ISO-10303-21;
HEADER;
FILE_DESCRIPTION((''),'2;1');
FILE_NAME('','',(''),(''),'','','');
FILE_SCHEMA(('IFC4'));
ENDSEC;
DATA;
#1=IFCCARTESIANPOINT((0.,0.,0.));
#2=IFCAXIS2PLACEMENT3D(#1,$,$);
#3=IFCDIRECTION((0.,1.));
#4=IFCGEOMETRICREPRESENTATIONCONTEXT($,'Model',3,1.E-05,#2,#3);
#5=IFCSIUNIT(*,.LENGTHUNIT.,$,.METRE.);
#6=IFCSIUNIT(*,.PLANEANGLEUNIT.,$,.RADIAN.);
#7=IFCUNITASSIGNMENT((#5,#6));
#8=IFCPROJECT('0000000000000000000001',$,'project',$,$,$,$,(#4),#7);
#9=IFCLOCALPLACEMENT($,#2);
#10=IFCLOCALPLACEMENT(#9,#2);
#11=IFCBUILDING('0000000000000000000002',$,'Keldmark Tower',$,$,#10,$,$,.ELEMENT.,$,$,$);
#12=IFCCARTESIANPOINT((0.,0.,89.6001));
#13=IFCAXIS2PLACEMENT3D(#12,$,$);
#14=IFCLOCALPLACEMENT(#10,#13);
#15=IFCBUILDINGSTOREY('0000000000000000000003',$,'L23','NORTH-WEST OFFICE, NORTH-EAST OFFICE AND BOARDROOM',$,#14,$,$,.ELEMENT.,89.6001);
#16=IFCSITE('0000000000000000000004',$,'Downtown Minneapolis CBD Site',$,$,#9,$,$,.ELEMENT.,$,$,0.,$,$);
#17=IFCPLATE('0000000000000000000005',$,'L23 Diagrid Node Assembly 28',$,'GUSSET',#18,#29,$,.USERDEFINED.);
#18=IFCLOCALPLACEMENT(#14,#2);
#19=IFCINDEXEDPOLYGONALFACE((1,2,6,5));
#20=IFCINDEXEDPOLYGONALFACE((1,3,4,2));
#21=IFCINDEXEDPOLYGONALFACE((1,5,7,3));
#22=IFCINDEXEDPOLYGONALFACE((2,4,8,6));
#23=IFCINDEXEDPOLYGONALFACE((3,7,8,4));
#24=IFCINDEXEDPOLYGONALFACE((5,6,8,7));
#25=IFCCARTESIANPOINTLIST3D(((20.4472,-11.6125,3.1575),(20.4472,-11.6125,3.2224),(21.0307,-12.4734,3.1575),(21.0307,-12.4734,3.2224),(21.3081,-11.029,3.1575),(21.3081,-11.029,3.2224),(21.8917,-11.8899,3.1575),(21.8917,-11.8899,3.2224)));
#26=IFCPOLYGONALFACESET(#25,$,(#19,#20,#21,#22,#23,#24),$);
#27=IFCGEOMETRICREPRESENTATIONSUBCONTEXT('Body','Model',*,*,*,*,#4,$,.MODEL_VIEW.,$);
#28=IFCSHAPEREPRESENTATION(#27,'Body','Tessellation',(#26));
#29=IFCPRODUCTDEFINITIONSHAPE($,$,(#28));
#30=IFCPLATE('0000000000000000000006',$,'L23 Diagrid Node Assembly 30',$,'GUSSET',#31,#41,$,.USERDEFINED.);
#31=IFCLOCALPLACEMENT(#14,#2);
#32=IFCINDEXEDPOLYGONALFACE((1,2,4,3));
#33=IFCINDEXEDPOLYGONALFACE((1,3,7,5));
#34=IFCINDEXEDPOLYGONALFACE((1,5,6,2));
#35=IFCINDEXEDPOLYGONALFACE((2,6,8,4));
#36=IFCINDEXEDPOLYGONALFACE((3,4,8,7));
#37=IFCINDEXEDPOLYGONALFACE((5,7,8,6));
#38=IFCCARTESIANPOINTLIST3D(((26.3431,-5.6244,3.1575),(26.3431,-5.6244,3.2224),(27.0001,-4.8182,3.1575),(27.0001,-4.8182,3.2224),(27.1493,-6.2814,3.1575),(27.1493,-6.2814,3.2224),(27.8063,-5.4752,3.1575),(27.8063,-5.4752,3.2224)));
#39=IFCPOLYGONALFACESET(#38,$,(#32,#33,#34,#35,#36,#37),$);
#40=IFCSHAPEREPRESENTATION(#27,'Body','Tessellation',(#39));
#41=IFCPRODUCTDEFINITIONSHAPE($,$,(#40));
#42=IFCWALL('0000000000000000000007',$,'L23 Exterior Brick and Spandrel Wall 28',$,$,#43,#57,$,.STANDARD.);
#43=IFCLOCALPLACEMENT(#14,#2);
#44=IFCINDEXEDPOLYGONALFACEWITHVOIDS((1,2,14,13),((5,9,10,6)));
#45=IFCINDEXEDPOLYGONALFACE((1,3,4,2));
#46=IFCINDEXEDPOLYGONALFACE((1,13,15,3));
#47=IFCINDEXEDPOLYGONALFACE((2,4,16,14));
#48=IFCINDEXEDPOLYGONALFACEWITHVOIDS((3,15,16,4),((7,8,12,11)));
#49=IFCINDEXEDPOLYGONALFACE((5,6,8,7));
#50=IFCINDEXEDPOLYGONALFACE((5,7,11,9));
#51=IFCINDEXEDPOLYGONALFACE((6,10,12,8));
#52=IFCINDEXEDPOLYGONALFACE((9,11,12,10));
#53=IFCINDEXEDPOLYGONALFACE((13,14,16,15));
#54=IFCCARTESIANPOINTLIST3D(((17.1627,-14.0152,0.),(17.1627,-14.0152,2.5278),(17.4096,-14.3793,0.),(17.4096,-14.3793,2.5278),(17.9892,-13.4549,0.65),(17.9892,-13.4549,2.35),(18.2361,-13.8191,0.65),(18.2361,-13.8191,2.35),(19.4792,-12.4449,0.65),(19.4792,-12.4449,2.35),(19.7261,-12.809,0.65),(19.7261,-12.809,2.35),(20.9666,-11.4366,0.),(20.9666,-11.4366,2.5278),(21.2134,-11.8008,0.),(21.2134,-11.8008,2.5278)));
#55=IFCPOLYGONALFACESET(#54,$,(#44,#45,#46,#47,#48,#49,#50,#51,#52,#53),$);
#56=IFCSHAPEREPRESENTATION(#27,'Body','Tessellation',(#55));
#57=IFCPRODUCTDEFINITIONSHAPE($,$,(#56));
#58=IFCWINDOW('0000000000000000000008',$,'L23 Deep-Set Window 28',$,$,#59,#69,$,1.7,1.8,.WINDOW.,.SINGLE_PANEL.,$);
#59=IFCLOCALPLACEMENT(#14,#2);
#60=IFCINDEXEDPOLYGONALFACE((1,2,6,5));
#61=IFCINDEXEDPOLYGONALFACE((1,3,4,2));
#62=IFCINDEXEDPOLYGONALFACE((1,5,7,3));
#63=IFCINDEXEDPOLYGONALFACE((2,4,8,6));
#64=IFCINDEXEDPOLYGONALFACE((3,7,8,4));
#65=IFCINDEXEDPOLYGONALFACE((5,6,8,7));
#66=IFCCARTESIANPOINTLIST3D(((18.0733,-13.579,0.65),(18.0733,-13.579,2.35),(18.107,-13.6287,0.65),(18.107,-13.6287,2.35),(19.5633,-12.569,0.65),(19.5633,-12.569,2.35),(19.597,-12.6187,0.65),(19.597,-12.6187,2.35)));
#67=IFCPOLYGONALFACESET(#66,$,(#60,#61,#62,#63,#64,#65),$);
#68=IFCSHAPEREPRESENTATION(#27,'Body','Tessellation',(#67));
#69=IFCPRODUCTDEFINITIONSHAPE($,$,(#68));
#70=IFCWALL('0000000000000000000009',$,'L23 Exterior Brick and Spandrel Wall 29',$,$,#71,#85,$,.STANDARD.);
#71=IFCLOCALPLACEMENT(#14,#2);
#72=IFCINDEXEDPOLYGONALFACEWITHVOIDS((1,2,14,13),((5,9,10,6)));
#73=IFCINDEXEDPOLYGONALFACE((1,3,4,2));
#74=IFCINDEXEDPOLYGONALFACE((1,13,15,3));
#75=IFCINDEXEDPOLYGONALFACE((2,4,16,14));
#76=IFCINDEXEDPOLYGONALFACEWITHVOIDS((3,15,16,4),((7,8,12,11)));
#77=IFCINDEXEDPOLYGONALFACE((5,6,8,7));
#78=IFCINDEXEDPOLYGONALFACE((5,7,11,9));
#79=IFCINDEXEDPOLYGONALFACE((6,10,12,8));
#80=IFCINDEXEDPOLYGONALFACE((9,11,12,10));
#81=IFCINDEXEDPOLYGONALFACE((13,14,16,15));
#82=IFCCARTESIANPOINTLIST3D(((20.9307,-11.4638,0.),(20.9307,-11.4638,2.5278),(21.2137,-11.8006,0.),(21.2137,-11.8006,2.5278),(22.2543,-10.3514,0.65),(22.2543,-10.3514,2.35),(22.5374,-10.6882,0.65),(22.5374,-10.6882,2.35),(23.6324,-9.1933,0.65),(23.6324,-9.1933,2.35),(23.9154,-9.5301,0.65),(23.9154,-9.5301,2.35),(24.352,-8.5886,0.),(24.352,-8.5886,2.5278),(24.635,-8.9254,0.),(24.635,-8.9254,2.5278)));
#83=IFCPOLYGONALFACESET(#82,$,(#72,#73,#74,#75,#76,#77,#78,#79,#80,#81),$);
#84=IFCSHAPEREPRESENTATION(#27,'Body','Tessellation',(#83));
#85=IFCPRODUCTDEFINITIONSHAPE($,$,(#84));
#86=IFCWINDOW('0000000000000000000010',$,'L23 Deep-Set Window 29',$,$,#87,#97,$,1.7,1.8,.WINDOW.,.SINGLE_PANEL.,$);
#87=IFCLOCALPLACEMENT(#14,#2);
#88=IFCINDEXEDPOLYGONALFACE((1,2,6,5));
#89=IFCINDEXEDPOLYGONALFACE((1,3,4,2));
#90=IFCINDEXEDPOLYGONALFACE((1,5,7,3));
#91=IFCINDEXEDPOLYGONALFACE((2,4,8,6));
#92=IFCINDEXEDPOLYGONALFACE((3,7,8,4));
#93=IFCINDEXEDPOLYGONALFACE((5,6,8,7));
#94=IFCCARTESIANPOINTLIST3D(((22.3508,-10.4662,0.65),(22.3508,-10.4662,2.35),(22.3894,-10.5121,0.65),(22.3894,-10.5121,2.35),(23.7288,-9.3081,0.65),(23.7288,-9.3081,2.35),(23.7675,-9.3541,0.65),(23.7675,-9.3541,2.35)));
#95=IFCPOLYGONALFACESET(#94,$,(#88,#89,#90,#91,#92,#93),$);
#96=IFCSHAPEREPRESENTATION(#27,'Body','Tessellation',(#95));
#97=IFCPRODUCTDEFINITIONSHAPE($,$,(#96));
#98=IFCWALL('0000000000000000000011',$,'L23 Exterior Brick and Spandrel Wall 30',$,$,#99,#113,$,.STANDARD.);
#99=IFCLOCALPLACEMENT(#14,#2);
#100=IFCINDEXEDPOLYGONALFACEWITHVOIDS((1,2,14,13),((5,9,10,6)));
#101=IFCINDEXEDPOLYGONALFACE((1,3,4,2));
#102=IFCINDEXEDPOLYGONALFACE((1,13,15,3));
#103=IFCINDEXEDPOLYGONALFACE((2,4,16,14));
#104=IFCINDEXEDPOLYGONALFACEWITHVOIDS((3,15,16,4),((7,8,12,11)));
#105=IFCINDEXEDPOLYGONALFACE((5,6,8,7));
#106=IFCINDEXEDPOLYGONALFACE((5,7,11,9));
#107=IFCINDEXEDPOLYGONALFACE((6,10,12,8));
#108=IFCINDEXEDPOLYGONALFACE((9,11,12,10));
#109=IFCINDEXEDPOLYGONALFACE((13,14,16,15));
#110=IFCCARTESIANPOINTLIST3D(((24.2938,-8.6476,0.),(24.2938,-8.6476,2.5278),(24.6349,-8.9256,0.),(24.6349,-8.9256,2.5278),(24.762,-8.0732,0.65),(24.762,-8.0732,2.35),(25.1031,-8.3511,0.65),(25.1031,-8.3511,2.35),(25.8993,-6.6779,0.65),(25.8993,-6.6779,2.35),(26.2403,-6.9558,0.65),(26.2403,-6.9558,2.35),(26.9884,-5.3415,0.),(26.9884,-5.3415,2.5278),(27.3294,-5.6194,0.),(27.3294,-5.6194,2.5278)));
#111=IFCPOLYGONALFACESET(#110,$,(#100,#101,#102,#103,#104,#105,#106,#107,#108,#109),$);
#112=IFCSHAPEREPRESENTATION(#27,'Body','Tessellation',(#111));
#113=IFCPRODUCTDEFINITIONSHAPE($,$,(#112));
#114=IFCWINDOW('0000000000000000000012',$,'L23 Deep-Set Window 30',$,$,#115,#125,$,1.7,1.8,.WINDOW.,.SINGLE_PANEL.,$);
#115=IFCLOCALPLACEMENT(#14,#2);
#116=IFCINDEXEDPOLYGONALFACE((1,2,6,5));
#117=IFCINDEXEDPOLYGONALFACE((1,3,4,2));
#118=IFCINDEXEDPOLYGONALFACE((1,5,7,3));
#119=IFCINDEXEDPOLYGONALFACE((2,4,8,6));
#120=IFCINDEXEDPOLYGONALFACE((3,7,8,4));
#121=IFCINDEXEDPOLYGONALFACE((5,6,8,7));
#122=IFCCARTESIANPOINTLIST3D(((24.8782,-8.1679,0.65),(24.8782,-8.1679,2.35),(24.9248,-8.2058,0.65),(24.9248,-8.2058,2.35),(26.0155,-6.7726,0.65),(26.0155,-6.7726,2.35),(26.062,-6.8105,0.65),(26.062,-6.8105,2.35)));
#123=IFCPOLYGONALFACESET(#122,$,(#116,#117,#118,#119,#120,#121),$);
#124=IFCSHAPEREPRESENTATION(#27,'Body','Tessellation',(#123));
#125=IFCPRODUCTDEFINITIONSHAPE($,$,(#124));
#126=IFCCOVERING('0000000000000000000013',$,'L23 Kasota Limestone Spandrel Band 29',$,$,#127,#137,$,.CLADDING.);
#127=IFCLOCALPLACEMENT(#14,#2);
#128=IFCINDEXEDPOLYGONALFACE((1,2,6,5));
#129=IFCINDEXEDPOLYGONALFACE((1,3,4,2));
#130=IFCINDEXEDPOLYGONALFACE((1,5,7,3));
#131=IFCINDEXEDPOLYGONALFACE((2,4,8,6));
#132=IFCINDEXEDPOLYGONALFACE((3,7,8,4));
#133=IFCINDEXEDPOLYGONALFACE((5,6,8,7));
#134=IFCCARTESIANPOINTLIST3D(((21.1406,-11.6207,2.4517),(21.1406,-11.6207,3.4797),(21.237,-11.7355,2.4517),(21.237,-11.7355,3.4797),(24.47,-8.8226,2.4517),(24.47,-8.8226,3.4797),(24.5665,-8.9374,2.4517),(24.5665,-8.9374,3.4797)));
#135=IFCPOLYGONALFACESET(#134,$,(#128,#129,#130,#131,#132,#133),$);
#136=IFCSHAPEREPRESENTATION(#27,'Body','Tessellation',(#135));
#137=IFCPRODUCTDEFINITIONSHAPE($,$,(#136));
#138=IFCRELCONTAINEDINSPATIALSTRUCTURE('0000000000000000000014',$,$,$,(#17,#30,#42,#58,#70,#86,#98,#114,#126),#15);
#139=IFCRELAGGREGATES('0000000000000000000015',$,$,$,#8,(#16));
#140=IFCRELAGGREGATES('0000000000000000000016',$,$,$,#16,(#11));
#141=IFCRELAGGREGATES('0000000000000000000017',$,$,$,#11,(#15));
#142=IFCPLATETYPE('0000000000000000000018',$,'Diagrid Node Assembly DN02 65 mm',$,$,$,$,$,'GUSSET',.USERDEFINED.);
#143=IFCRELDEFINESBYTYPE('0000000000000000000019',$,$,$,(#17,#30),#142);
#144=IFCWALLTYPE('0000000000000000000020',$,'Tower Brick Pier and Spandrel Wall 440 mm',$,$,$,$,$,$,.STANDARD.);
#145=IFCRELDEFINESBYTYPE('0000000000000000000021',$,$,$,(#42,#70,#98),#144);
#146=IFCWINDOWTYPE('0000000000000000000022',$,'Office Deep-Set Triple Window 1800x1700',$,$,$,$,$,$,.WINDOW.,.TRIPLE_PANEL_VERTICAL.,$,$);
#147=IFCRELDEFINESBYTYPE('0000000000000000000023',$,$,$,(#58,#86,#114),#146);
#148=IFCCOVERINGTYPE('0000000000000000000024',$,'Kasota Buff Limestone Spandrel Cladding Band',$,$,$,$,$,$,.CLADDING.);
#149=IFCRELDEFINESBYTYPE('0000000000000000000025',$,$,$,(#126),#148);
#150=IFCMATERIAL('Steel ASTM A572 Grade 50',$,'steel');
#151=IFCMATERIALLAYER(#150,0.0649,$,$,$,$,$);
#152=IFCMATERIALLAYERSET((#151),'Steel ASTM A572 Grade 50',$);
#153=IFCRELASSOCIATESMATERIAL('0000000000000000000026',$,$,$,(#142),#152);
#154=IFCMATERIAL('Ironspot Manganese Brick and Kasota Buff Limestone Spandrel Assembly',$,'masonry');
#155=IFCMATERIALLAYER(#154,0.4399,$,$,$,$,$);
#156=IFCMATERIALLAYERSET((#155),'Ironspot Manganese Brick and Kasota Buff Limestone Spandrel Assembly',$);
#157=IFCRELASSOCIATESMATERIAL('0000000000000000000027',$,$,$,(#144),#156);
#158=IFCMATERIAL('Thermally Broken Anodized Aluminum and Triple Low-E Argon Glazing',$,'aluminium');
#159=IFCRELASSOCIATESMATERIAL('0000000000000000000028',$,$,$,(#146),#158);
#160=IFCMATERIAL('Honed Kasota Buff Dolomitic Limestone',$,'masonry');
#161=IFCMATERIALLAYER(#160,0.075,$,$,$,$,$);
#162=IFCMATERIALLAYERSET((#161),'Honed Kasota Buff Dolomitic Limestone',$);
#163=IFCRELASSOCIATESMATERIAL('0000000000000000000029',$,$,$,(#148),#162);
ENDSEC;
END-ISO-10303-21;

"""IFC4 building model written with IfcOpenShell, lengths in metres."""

from ifc_helpers import new_model, si_unit, direction, frame, frame_2d, origin, origin_2d, place, context, subcontext, project, spatial, rectangle, extrude, material, layer, layer_set, type_object, element, fill, save


model = new_model("IFC4")

# Units and contexts
model_context = context("Model", 3, precision=1e-05, world=origin(), true_north=direction((0.0, 1.0)))
body_context = subcontext(model_context, "Body", "Model", "MODEL_VIEW")
ifc_project = project(units=[si_unit("LENGTHUNIT", "METRE"), si_unit("PLANEANGLEUNIT", "RADIAN")], contexts=[model_context])

# Site, building, storey
site_placement = place(None, origin())
site = spatial("IfcSite", under=ifc_project, at=site_placement, Name="Downtown Minneapolis CBD Site", CompositionType="ELEMENT", RefElevation=0.0)
building_placement = place(site_placement, origin())
building = spatial("IfcBuilding", under=site, at=building_placement, Name="Keldmark Tower", CompositionType="ELEMENT")
storey_placement = place(building_placement, frame((0.0, 0.0, 89.6001)))
storey = spatial("IfcBuildingStorey", under=building, at=storey_placement, Name="L23", Description="NORTH-WEST OFFICE, NORTH-EAST OFFICE AND BOARDROOM", CompositionType="ELEMENT", Elevation=89.6001)

# Plates
ifc_material_1 = material(Name="Steel ASTM A572 Grade 50", Category="steel")
ifc_layer_1 = layer(ifc_material_1, 0.0649)
ifc_layer_set_1 = layer_set([ifc_layer_1], Name="Steel ASTM A572 Grade 50")
plate_type = type_object("IfcPlateType", Name="Diagrid Node Assembly DN02 65 mm", ElementType="GUSSET", PredefinedType="USERDEFINED", material=ifc_layer_set_1)
for number, where, z_axis, x_axis, name in (
    (1, (21.1694, -11.7512, 3.1575), (0.0, 0.0, 1.0), (0.827767, 0.561072, 0.0), "L23 Diagrid Node Assembly 28"),
    (2, (27.0747, -5.5498, 3.1575), (0.0, 0.0, 1.0), (0.631759, 0.775165, 0.0), "L23 Diagrid Node Assembly 30"),
):
    element("IfcPlate", number, at=place(storey_placement, frame(where, z_axis=z_axis, x_axis=x_axis)), inside=storey, type_object=plate_type, Name=name, ObjectType="GUSSET", PredefinedType="USERDEFINED", context=body_context, shape_type="SweptSolid", body=[
        extrude(rectangle(XDim=1.04, YDim=1.04, at=origin_2d()), origin(), (0.0, 0.0, 1.0), 0.0649),
    ])

# Walls, openings, windows
ifc_material_2 = material(Name="Ironspot Manganese Brick and Kasota Buff Limestone Spandrel Assembly", Category="masonry")
ifc_layer_2 = layer(ifc_material_2, 0.4399)
ifc_layer_set_2 = layer_set([ifc_layer_2], Name="Ironspot Manganese Brick and Kasota Buff Limestone Spandrel Assembly")
wall_type = type_object("IfcWallType", Name="Tower Brick Pier and Spandrel Wall 440 mm", PredefinedType="STANDARD", material=ifc_layer_set_2)
wall_1_placement = place(storey_placement, frame((21.0901, -11.6187, 0.0), z_axis=(0.0, 0.0, 1.0), x_axis=(-0.827743, -0.561108, 0.0)))
wall_1 = element("IfcWall", 3, at=wall_1_placement, inside=storey, type_object=wall_type, Name="L23 Exterior Brick and Spandrel Wall 28", PredefinedType="STANDARD", context=body_context, shape_type="SweptSolid", body=[
    extrude(rectangle(XDim=4.5955, YDim=0.4399, at=frame_2d((2.2979, 0.0))), origin(), (0.0, 0.0, 1.0), 2.5278),
])
opening_1_placement = place(wall_1_placement, frame((1.7971, 0.0, 0.6499)))
opening_1 = element("IfcOpeningElement", 4, at=opening_1_placement, cuts=wall_1, PredefinedType="OPENING", context=body_context, shape_type="SweptSolid", body=[
    extrude(rectangle(XDim=1.8, YDim=1.7, at=frame_2d((0.8999, 0.8501))), frame((0.0, 0.23, 0.0), z_axis=(0.0, -1.0, 0.0), x_axis=(1.0, 0.0, 0.0)), (0.0, 0.0, 1.0), 0.46),
])
ifc_material_3 = material(Name="Thermally Broken Anodized Aluminum and Triple Low-E Argon Glazing", Category="aluminium")
window_type = type_object("IfcWindowType", Name="Office Deep-Set Triple Window 1800x1700", PartitioningType="TRIPLE_PANEL_VERTICAL", PredefinedType="WINDOW", material=ifc_material_3)
window_1_placement = place(opening_1_placement, origin())
window_1 = element("IfcWindow", 5, at=window_1_placement, inside=storey, type_object=window_type, Name="L23 Deep-Set Window 28", OverallHeight=1.7, OverallWidth=1.8, PartitioningType="SINGLE_PANEL", PredefinedType="WINDOW", context=body_context, shape_type="SweptSolid", body=[
    extrude(rectangle(XDim=1.8, YDim=1.7, at=frame_2d((0.8999, 0.8501))), frame((0.0, -0.01, 0.0), z_axis=(0.0, -1.0, 0.0), x_axis=(1.0, 0.0, 0.0)), (0.0, 0.0, 1.0), 0.0601),
])
fill(opening_1, window_1)
wall_2_placement = place(storey_placement, frame((24.4934, -8.7571, 0.0), z_axis=(0.0, 0.0, 1.0), x_axis=(-0.765564, -0.64336, 0.0)))
wall_2 = element("IfcWall", 6, at=wall_2_placement, inside=storey, type_object=wall_type, Name="L23 Exterior Brick and Spandrel Wall 29", PredefinedType="STANDARD", context=body_context, shape_type="SweptSolid", body=[
    extrude(rectangle(XDim=4.469, YDim=0.4399, at=frame_2d((2.2344, 0.0))), origin(), (0.0, 0.0, 1.0), 2.5278),
])
opening_2_placement = place(wall_2_placement, frame((0.9399, 0.0, 0.6499)))
opening_2 = element("IfcOpeningElement", 7, at=opening_2_placement, cuts=wall_2, PredefinedType="OPENING", context=body_context, shape_type="SweptSolid", body=[
    extrude(rectangle(XDim=1.8, YDim=1.7, at=frame_2d((0.8999, 0.8501))), frame((0.0, 0.23, 0.0), z_axis=(0.0, -1.0, 0.0), x_axis=(1.0, 0.0, 0.0)), (0.0, 0.0, 1.0), 0.46),
])
window_2_placement = place(opening_2_placement, origin())
window_2 = element("IfcWindow", 8, at=window_2_placement, inside=storey, type_object=window_type, Name="L23 Deep-Set Window 29", OverallHeight=1.7, OverallWidth=1.8, PartitioningType="SINGLE_PANEL", PredefinedType="WINDOW", context=body_context, shape_type="SweptSolid", body=[
    extrude(rectangle(XDim=1.8, YDim=1.7, at=frame_2d((0.8999, 0.8501))), frame((0.0, -0.01, 0.0), z_axis=(0.0, -1.0, 0.0), x_axis=(1.0, 0.0, 0.0)), (0.0, 0.0, 1.0), 0.0601),
])
fill(opening_2, window_2)
wall_3_placement = place(storey_placement, frame((27.1589, -5.4805, 0.0), z_axis=(0.0, 0.0, 1.0), x_axis=(-0.631769, -0.775157, 0.0)))
wall_3 = element("IfcWall", 9, at=wall_3_placement, inside=storey, type_object=wall_type, Name="L23 Exterior Brick and Spandrel Wall 30", PredefinedType="STANDARD", context=body_context, shape_type="SweptSolid", body=[
    extrude(rectangle(XDim=4.2651, YDim=0.4399, at=frame_2d((2.1326, 0.0))), origin(), (0.0, 0.0, 1.0), 2.5278),
])
opening_3_placement = place(wall_3_placement, frame((1.7241, 0.0, 0.6499)))
opening_3 = element("IfcOpeningElement", 10, at=opening_3_placement, cuts=wall_3, PredefinedType="OPENING", context=body_context, shape_type="SweptSolid", body=[
    extrude(rectangle(XDim=1.8, YDim=1.7, at=frame_2d((0.8999, 0.8501))), frame((0.0, 0.23, 0.0), z_axis=(0.0, -1.0, 0.0), x_axis=(1.0, 0.0, 0.0)), (0.0, 0.0, 1.0), 0.46),
])
window_3_placement = place(opening_3_placement, origin())
window_3 = element("IfcWindow", 11, at=window_3_placement, inside=storey, type_object=window_type, Name="L23 Deep-Set Window 30", OverallHeight=1.7, OverallWidth=1.8, PartitioningType="SINGLE_PANEL", PredefinedType="WINDOW", context=body_context, shape_type="SweptSolid", body=[
    extrude(rectangle(XDim=1.8, YDim=1.7, at=frame_2d((0.8999, 0.8501))), frame((0.0, -0.01, 0.0), z_axis=(0.0, -1.0, 0.0), x_axis=(1.0, 0.0, 0.0)), (0.0, 0.0, 1.0), 0.0601),
])
fill(opening_3, window_3)

# Covering
ifc_material_4 = material(Name="Honed Kasota Buff Dolomitic Limestone", Category="masonry")
ifc_layer_3 = layer(ifc_material_4, 0.075)
ifc_layer_set_3 = layer_set([ifc_layer_3], Name="Honed Kasota Buff Dolomitic Limestone")
covering_type = type_object("IfcCoveringType", Name="Kasota Buff Limestone Spandrel Cladding Band", PredefinedType="CLADDING", material=ifc_layer_set_3)
covering_placement = place(storey_placement, frame((22.8535, -10.2791, 2.4517), z_axis=(0.0, 0.0, 1.0), x_axis=(0.765551, 0.643376, 0.0)))
element("IfcCovering", 12, at=covering_placement, inside=storey, type_object=covering_type, Name="L23 Kasota Limestone Spandrel Band 29", PredefinedType="CLADDING", context=body_context, shape_type="SweptSolid", body=[
    extrude(rectangle(XDim=4.3491, YDim=0.1499, at=origin_2d()), origin(), (0.0, 0.0, 1.0), 1.0281),
])

save(model, "model.ifc")
